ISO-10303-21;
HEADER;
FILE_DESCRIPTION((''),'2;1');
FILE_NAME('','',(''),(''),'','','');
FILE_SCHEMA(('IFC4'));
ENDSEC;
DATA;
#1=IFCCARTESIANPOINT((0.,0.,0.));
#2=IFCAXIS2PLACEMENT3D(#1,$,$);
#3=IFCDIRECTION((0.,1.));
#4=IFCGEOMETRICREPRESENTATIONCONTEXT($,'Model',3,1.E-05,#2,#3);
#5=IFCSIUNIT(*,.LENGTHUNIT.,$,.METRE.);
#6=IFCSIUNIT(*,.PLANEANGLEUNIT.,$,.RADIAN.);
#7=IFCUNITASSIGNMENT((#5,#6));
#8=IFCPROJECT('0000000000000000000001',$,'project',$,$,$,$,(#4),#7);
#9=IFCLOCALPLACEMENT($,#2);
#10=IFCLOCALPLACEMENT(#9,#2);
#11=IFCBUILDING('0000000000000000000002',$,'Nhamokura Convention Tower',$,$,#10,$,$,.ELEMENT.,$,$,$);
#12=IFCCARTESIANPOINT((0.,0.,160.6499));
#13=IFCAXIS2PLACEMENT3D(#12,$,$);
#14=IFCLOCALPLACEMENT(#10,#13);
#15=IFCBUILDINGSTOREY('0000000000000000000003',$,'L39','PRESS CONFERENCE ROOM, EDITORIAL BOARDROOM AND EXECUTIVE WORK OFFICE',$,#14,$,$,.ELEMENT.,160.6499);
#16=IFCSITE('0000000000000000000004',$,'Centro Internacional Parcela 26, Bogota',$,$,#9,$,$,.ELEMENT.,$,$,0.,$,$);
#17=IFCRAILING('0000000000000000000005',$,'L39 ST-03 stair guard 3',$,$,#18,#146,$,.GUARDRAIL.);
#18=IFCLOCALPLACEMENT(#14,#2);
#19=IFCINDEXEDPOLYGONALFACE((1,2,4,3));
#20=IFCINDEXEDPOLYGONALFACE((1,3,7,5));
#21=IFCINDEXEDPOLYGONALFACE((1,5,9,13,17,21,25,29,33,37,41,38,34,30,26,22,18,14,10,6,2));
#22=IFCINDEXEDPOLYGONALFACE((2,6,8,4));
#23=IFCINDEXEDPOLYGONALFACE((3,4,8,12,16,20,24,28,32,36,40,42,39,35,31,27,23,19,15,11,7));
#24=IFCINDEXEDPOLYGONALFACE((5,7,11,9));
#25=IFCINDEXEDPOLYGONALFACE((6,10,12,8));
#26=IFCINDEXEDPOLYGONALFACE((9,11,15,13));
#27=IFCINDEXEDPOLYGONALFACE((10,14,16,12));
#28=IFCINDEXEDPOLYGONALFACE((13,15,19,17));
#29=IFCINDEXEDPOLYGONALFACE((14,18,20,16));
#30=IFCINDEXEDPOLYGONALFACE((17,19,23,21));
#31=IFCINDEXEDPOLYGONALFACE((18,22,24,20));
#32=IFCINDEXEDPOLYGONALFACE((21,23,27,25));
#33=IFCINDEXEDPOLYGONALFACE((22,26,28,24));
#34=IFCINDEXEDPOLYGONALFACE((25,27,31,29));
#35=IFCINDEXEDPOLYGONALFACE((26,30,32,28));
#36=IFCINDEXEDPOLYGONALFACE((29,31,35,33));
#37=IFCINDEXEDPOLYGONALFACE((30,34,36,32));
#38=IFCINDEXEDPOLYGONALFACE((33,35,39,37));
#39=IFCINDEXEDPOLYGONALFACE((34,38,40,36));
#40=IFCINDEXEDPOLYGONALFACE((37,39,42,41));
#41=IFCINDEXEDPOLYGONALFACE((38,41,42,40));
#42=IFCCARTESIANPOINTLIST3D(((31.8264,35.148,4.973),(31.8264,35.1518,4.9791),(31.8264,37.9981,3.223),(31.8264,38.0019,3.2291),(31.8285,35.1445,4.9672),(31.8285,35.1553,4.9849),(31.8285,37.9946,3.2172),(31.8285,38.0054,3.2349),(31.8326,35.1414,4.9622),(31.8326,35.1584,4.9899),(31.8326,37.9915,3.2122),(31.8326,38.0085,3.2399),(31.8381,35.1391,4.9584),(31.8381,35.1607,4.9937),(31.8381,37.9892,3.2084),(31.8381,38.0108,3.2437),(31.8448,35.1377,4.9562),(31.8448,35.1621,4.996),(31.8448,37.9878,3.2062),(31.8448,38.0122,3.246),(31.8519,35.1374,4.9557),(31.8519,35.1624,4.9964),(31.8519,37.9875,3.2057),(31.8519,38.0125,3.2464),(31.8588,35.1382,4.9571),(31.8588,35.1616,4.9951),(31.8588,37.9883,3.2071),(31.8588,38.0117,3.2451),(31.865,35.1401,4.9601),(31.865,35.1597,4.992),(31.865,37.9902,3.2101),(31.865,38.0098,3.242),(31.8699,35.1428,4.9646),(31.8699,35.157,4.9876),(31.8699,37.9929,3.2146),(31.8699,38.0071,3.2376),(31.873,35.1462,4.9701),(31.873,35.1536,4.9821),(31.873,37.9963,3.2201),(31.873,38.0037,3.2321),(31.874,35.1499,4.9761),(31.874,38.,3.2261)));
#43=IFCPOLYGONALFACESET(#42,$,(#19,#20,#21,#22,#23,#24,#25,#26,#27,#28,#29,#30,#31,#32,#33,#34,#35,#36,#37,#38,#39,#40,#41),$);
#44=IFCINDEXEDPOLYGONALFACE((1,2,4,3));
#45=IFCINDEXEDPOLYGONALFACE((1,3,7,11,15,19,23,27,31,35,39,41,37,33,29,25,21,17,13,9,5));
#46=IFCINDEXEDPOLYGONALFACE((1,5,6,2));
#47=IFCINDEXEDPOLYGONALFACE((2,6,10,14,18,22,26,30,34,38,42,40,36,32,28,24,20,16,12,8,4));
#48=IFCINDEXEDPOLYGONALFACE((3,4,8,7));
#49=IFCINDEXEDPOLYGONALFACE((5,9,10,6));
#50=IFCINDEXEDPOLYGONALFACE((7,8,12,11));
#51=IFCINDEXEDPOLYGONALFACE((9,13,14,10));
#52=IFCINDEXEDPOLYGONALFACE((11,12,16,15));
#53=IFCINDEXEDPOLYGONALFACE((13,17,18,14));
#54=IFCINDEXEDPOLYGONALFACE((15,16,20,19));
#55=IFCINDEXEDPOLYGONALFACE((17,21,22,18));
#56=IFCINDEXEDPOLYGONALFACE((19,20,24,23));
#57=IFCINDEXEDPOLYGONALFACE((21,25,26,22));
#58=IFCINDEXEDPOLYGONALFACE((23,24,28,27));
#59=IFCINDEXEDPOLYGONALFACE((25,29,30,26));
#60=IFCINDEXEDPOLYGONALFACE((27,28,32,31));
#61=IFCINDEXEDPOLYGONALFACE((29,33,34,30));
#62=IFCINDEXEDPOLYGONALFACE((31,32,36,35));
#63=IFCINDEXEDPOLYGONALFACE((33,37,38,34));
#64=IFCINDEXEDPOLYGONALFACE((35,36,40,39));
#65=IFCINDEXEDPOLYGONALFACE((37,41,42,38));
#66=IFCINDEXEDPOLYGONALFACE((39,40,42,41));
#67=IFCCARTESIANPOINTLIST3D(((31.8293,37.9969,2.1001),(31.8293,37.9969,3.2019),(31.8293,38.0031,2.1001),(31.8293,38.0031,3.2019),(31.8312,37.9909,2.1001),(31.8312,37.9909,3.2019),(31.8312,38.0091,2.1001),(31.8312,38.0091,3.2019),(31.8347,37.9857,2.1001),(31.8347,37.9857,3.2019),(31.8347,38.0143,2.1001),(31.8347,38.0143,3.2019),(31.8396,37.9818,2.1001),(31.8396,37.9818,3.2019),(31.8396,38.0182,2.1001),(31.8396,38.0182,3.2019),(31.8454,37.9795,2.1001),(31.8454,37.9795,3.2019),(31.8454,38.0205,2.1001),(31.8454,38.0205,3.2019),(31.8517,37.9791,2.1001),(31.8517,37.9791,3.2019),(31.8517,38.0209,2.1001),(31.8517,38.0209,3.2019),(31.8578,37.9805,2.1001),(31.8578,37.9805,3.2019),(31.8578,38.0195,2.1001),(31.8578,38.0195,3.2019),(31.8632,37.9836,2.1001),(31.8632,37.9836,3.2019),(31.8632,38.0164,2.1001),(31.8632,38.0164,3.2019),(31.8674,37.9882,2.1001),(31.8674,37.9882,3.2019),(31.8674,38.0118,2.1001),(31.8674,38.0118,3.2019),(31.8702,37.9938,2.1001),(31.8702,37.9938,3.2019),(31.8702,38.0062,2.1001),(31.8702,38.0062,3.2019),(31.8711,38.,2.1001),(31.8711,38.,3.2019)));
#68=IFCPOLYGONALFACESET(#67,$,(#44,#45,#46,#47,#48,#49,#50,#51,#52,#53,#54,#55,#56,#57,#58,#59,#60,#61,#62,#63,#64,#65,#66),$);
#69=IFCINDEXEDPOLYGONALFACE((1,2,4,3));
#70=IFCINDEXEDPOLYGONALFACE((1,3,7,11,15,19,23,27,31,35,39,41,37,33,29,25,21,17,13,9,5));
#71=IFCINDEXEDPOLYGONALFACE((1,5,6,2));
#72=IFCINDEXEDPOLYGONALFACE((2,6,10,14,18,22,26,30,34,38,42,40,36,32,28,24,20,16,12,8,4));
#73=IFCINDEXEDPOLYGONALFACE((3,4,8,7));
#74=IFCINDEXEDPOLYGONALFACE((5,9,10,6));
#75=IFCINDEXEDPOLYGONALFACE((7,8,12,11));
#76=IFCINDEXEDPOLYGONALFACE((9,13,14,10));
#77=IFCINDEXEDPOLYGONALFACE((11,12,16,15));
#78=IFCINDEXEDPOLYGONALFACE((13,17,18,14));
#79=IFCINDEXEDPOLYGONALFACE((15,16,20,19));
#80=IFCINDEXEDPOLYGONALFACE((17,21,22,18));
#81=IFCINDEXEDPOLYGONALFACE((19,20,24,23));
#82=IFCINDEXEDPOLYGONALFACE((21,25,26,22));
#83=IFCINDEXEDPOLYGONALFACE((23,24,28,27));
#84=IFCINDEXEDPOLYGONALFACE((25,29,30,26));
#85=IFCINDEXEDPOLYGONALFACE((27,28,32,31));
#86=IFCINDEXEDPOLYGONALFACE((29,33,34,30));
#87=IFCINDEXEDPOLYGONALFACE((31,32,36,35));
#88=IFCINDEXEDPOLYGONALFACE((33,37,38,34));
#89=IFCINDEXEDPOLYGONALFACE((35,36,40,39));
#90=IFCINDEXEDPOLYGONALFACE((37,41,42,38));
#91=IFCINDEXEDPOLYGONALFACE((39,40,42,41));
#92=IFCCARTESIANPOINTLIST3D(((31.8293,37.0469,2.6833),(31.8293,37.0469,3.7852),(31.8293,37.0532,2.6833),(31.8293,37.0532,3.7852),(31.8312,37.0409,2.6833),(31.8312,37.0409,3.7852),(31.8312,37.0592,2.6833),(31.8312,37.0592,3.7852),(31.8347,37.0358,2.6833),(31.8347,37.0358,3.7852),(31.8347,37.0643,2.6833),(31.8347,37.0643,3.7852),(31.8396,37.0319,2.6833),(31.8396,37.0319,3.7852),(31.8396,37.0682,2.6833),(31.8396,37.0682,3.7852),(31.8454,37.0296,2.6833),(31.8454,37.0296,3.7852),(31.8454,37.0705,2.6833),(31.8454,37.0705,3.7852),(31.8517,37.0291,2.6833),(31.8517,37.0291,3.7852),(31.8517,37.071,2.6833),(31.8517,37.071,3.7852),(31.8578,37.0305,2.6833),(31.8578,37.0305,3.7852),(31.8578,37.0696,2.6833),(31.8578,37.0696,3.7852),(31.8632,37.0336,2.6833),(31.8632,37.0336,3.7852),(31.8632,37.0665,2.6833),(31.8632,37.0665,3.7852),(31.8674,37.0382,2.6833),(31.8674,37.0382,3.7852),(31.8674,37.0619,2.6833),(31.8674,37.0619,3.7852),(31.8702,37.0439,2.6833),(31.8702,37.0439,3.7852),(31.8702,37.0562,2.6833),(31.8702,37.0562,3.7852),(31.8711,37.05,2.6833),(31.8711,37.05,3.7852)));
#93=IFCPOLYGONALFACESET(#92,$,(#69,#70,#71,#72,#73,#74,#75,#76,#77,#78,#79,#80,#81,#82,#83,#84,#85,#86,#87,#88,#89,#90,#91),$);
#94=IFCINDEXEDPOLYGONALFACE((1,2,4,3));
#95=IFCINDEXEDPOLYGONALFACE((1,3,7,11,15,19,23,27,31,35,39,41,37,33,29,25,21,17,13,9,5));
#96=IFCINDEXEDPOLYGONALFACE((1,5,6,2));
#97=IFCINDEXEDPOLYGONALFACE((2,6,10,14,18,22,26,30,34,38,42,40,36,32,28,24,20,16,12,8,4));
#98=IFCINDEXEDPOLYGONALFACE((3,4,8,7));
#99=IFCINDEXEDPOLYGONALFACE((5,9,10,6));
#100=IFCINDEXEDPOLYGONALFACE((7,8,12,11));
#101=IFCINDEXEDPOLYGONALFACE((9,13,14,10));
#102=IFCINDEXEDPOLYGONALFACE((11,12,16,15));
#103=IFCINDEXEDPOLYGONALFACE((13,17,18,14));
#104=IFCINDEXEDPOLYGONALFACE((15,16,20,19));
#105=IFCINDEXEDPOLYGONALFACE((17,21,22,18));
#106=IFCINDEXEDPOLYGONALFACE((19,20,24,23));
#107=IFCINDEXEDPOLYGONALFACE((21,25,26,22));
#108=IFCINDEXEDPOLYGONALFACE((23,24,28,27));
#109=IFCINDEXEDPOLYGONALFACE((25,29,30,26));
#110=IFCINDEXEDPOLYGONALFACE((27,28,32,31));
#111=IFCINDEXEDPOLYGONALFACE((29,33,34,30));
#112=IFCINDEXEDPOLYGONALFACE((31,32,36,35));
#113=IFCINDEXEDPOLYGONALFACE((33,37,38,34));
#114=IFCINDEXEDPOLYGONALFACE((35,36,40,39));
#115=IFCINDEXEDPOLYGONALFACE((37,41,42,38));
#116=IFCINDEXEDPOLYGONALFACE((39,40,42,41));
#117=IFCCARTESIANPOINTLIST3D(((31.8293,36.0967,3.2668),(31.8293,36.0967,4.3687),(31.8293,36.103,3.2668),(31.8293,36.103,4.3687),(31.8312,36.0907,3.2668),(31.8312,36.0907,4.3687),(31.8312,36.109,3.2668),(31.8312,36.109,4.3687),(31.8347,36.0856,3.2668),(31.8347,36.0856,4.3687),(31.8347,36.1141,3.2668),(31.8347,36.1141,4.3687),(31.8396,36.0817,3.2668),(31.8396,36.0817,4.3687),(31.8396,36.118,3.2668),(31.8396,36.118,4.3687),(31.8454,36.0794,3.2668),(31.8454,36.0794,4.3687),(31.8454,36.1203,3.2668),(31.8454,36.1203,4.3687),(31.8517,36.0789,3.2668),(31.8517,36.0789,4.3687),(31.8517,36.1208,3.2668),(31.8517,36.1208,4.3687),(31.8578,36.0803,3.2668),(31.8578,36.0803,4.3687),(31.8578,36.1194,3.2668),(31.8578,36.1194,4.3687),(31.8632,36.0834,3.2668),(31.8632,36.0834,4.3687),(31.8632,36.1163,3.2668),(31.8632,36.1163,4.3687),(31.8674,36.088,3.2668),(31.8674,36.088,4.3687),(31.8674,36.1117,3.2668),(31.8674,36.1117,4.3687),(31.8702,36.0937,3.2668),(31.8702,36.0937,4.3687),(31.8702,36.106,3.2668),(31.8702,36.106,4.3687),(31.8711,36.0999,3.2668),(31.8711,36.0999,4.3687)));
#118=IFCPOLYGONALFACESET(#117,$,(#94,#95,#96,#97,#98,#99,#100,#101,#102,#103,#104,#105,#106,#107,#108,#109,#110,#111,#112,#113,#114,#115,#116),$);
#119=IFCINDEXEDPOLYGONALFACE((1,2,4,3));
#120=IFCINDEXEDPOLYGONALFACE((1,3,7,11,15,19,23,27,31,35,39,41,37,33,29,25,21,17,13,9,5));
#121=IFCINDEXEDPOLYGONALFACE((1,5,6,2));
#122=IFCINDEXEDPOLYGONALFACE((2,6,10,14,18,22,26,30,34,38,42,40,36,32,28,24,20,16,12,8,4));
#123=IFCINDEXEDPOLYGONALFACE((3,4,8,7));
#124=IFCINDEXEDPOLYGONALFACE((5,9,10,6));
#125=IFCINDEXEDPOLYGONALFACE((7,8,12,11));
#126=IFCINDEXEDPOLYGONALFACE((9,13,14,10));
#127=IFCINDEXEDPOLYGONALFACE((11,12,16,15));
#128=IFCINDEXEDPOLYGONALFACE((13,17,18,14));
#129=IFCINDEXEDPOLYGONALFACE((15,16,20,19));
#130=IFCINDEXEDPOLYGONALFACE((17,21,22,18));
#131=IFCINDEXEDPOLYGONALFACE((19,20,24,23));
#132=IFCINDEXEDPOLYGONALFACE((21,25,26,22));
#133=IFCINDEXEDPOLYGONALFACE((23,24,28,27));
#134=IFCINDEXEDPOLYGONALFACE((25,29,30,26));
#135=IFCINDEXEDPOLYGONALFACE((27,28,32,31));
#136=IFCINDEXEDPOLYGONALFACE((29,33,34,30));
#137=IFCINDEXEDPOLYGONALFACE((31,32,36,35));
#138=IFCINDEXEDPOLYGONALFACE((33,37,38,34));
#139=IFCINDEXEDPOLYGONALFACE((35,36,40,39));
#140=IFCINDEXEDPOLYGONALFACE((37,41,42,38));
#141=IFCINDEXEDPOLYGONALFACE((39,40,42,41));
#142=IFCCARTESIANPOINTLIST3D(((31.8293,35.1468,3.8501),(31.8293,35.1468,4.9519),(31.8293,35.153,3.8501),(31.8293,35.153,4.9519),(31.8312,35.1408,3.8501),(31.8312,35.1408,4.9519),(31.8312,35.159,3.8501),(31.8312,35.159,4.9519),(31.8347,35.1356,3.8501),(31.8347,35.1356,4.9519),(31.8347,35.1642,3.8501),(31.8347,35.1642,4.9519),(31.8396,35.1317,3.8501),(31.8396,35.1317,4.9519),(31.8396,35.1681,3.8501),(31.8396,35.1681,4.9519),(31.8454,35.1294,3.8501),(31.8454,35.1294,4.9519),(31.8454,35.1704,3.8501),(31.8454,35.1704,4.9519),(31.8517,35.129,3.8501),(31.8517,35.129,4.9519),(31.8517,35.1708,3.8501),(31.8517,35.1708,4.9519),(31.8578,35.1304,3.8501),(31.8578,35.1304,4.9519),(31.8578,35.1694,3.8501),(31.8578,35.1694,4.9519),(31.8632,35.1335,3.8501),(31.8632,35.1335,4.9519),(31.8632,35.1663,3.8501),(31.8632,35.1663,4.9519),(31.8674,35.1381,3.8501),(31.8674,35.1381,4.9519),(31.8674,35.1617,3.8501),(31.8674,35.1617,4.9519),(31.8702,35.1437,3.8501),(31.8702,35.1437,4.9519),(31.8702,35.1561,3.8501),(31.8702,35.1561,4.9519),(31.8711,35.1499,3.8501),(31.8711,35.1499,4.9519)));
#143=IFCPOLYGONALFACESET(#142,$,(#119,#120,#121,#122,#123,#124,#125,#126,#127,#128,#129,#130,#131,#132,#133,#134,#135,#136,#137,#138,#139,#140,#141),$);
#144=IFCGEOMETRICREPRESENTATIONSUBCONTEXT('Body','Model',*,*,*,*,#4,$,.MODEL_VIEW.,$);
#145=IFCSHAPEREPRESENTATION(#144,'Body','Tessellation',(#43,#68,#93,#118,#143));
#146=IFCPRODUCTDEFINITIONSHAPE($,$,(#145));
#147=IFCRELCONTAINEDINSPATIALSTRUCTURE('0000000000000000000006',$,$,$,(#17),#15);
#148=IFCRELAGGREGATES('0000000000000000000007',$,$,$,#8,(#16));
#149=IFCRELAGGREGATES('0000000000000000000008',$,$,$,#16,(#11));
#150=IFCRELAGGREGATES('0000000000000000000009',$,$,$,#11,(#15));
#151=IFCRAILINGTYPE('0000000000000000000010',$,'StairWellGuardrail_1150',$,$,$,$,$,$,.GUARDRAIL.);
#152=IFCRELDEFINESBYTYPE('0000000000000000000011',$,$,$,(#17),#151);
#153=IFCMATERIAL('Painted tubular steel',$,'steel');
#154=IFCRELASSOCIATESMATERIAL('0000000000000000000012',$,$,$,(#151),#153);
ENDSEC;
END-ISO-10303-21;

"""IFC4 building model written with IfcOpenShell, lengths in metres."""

from ifc_helpers import new_model, si_unit, direction, frame, origin, origin_2d, place, context, subcontext, project, spatial, circle, extrude, material, type_object, element, save


model = new_model("IFC4")

# Units and contexts
model_context = context("Model", 3, precision=1e-05, world=origin(), true_north=direction((0.0, 1.0)))
body_context = subcontext(model_context, "Body", "Model", "MODEL_VIEW")
ifc_project = project(units=[si_unit("LENGTHUNIT", "METRE"), si_unit("PLANEANGLEUNIT", "RADIAN")], contexts=[model_context])

# Site, building, storey
site_placement = place(None, origin())
site = spatial("IfcSite", under=ifc_project, at=site_placement, Name="Centro Internacional Parcela 26, Bogota", CompositionType="ELEMENT", RefElevation=0.0)
building_placement = place(site_placement, origin())
building = spatial("IfcBuilding", under=site, at=building_placement, Name="Nhamokura Convention Tower", CompositionType="ELEMENT")
storey_placement = place(building_placement, frame((0.0, 0.0, 160.6499)))
storey = spatial("IfcBuildingStorey", under=building, at=storey_placement, Name="L39", Description="PRESS CONFERENCE ROOM, EDITORIAL BOARDROOM AND EXECUTIVE WORK OFFICE", CompositionType="ELEMENT", Elevation=160.6499)

# Railing
ifc_material_1 = material(Name="Painted tubular steel", Category="steel")
railing_type_1 = type_object("IfcRailingType", Name="StairWellGuardrail_1150", PredefinedType="GUARDRAIL", material=ifc_material_1)
railing_1_placement = place(storey_placement, frame((31.8501, 38.0, 2.1001)))
element("IfcRailing", 1, at=railing_1_placement, inside=storey, type_object=railing_type_1, Name="L39 ST-03 stair guard 3", PredefinedType="GUARDRAIL", context=body_context, shape_type="SweptSolid", body=[
    extrude(circle(Radius=0.0239, at=origin_2d()), frame((0.0, 0.0, 1.126), z_axis=(0.0, -0.852179, 0.52325), x_axis=(1.0, 0.0, 0.0)), (0.0, 0.0, 1.0), 3.3445),
    extrude(circle(Radius=0.021, at=origin_2d()), origin(), (0.0, 0.0, 1.0), 1.1018),
    extrude(circle(Radius=0.021, at=origin_2d()), frame((0.0, -0.95, 0.5833)), (0.0, 0.0, 1.0), 1.1018),
    extrude(circle(Radius=0.021, at=origin_2d()), frame((0.0, -1.9001, 1.1667)), (0.0, 0.0, 1.0), 1.1018),
    extrude(circle(Radius=0.021, at=origin_2d()), frame((0.0, -2.8501, 1.75)), (0.0, 0.0, 1.0), 1.1018),
])

save(model, "model.ifc")
